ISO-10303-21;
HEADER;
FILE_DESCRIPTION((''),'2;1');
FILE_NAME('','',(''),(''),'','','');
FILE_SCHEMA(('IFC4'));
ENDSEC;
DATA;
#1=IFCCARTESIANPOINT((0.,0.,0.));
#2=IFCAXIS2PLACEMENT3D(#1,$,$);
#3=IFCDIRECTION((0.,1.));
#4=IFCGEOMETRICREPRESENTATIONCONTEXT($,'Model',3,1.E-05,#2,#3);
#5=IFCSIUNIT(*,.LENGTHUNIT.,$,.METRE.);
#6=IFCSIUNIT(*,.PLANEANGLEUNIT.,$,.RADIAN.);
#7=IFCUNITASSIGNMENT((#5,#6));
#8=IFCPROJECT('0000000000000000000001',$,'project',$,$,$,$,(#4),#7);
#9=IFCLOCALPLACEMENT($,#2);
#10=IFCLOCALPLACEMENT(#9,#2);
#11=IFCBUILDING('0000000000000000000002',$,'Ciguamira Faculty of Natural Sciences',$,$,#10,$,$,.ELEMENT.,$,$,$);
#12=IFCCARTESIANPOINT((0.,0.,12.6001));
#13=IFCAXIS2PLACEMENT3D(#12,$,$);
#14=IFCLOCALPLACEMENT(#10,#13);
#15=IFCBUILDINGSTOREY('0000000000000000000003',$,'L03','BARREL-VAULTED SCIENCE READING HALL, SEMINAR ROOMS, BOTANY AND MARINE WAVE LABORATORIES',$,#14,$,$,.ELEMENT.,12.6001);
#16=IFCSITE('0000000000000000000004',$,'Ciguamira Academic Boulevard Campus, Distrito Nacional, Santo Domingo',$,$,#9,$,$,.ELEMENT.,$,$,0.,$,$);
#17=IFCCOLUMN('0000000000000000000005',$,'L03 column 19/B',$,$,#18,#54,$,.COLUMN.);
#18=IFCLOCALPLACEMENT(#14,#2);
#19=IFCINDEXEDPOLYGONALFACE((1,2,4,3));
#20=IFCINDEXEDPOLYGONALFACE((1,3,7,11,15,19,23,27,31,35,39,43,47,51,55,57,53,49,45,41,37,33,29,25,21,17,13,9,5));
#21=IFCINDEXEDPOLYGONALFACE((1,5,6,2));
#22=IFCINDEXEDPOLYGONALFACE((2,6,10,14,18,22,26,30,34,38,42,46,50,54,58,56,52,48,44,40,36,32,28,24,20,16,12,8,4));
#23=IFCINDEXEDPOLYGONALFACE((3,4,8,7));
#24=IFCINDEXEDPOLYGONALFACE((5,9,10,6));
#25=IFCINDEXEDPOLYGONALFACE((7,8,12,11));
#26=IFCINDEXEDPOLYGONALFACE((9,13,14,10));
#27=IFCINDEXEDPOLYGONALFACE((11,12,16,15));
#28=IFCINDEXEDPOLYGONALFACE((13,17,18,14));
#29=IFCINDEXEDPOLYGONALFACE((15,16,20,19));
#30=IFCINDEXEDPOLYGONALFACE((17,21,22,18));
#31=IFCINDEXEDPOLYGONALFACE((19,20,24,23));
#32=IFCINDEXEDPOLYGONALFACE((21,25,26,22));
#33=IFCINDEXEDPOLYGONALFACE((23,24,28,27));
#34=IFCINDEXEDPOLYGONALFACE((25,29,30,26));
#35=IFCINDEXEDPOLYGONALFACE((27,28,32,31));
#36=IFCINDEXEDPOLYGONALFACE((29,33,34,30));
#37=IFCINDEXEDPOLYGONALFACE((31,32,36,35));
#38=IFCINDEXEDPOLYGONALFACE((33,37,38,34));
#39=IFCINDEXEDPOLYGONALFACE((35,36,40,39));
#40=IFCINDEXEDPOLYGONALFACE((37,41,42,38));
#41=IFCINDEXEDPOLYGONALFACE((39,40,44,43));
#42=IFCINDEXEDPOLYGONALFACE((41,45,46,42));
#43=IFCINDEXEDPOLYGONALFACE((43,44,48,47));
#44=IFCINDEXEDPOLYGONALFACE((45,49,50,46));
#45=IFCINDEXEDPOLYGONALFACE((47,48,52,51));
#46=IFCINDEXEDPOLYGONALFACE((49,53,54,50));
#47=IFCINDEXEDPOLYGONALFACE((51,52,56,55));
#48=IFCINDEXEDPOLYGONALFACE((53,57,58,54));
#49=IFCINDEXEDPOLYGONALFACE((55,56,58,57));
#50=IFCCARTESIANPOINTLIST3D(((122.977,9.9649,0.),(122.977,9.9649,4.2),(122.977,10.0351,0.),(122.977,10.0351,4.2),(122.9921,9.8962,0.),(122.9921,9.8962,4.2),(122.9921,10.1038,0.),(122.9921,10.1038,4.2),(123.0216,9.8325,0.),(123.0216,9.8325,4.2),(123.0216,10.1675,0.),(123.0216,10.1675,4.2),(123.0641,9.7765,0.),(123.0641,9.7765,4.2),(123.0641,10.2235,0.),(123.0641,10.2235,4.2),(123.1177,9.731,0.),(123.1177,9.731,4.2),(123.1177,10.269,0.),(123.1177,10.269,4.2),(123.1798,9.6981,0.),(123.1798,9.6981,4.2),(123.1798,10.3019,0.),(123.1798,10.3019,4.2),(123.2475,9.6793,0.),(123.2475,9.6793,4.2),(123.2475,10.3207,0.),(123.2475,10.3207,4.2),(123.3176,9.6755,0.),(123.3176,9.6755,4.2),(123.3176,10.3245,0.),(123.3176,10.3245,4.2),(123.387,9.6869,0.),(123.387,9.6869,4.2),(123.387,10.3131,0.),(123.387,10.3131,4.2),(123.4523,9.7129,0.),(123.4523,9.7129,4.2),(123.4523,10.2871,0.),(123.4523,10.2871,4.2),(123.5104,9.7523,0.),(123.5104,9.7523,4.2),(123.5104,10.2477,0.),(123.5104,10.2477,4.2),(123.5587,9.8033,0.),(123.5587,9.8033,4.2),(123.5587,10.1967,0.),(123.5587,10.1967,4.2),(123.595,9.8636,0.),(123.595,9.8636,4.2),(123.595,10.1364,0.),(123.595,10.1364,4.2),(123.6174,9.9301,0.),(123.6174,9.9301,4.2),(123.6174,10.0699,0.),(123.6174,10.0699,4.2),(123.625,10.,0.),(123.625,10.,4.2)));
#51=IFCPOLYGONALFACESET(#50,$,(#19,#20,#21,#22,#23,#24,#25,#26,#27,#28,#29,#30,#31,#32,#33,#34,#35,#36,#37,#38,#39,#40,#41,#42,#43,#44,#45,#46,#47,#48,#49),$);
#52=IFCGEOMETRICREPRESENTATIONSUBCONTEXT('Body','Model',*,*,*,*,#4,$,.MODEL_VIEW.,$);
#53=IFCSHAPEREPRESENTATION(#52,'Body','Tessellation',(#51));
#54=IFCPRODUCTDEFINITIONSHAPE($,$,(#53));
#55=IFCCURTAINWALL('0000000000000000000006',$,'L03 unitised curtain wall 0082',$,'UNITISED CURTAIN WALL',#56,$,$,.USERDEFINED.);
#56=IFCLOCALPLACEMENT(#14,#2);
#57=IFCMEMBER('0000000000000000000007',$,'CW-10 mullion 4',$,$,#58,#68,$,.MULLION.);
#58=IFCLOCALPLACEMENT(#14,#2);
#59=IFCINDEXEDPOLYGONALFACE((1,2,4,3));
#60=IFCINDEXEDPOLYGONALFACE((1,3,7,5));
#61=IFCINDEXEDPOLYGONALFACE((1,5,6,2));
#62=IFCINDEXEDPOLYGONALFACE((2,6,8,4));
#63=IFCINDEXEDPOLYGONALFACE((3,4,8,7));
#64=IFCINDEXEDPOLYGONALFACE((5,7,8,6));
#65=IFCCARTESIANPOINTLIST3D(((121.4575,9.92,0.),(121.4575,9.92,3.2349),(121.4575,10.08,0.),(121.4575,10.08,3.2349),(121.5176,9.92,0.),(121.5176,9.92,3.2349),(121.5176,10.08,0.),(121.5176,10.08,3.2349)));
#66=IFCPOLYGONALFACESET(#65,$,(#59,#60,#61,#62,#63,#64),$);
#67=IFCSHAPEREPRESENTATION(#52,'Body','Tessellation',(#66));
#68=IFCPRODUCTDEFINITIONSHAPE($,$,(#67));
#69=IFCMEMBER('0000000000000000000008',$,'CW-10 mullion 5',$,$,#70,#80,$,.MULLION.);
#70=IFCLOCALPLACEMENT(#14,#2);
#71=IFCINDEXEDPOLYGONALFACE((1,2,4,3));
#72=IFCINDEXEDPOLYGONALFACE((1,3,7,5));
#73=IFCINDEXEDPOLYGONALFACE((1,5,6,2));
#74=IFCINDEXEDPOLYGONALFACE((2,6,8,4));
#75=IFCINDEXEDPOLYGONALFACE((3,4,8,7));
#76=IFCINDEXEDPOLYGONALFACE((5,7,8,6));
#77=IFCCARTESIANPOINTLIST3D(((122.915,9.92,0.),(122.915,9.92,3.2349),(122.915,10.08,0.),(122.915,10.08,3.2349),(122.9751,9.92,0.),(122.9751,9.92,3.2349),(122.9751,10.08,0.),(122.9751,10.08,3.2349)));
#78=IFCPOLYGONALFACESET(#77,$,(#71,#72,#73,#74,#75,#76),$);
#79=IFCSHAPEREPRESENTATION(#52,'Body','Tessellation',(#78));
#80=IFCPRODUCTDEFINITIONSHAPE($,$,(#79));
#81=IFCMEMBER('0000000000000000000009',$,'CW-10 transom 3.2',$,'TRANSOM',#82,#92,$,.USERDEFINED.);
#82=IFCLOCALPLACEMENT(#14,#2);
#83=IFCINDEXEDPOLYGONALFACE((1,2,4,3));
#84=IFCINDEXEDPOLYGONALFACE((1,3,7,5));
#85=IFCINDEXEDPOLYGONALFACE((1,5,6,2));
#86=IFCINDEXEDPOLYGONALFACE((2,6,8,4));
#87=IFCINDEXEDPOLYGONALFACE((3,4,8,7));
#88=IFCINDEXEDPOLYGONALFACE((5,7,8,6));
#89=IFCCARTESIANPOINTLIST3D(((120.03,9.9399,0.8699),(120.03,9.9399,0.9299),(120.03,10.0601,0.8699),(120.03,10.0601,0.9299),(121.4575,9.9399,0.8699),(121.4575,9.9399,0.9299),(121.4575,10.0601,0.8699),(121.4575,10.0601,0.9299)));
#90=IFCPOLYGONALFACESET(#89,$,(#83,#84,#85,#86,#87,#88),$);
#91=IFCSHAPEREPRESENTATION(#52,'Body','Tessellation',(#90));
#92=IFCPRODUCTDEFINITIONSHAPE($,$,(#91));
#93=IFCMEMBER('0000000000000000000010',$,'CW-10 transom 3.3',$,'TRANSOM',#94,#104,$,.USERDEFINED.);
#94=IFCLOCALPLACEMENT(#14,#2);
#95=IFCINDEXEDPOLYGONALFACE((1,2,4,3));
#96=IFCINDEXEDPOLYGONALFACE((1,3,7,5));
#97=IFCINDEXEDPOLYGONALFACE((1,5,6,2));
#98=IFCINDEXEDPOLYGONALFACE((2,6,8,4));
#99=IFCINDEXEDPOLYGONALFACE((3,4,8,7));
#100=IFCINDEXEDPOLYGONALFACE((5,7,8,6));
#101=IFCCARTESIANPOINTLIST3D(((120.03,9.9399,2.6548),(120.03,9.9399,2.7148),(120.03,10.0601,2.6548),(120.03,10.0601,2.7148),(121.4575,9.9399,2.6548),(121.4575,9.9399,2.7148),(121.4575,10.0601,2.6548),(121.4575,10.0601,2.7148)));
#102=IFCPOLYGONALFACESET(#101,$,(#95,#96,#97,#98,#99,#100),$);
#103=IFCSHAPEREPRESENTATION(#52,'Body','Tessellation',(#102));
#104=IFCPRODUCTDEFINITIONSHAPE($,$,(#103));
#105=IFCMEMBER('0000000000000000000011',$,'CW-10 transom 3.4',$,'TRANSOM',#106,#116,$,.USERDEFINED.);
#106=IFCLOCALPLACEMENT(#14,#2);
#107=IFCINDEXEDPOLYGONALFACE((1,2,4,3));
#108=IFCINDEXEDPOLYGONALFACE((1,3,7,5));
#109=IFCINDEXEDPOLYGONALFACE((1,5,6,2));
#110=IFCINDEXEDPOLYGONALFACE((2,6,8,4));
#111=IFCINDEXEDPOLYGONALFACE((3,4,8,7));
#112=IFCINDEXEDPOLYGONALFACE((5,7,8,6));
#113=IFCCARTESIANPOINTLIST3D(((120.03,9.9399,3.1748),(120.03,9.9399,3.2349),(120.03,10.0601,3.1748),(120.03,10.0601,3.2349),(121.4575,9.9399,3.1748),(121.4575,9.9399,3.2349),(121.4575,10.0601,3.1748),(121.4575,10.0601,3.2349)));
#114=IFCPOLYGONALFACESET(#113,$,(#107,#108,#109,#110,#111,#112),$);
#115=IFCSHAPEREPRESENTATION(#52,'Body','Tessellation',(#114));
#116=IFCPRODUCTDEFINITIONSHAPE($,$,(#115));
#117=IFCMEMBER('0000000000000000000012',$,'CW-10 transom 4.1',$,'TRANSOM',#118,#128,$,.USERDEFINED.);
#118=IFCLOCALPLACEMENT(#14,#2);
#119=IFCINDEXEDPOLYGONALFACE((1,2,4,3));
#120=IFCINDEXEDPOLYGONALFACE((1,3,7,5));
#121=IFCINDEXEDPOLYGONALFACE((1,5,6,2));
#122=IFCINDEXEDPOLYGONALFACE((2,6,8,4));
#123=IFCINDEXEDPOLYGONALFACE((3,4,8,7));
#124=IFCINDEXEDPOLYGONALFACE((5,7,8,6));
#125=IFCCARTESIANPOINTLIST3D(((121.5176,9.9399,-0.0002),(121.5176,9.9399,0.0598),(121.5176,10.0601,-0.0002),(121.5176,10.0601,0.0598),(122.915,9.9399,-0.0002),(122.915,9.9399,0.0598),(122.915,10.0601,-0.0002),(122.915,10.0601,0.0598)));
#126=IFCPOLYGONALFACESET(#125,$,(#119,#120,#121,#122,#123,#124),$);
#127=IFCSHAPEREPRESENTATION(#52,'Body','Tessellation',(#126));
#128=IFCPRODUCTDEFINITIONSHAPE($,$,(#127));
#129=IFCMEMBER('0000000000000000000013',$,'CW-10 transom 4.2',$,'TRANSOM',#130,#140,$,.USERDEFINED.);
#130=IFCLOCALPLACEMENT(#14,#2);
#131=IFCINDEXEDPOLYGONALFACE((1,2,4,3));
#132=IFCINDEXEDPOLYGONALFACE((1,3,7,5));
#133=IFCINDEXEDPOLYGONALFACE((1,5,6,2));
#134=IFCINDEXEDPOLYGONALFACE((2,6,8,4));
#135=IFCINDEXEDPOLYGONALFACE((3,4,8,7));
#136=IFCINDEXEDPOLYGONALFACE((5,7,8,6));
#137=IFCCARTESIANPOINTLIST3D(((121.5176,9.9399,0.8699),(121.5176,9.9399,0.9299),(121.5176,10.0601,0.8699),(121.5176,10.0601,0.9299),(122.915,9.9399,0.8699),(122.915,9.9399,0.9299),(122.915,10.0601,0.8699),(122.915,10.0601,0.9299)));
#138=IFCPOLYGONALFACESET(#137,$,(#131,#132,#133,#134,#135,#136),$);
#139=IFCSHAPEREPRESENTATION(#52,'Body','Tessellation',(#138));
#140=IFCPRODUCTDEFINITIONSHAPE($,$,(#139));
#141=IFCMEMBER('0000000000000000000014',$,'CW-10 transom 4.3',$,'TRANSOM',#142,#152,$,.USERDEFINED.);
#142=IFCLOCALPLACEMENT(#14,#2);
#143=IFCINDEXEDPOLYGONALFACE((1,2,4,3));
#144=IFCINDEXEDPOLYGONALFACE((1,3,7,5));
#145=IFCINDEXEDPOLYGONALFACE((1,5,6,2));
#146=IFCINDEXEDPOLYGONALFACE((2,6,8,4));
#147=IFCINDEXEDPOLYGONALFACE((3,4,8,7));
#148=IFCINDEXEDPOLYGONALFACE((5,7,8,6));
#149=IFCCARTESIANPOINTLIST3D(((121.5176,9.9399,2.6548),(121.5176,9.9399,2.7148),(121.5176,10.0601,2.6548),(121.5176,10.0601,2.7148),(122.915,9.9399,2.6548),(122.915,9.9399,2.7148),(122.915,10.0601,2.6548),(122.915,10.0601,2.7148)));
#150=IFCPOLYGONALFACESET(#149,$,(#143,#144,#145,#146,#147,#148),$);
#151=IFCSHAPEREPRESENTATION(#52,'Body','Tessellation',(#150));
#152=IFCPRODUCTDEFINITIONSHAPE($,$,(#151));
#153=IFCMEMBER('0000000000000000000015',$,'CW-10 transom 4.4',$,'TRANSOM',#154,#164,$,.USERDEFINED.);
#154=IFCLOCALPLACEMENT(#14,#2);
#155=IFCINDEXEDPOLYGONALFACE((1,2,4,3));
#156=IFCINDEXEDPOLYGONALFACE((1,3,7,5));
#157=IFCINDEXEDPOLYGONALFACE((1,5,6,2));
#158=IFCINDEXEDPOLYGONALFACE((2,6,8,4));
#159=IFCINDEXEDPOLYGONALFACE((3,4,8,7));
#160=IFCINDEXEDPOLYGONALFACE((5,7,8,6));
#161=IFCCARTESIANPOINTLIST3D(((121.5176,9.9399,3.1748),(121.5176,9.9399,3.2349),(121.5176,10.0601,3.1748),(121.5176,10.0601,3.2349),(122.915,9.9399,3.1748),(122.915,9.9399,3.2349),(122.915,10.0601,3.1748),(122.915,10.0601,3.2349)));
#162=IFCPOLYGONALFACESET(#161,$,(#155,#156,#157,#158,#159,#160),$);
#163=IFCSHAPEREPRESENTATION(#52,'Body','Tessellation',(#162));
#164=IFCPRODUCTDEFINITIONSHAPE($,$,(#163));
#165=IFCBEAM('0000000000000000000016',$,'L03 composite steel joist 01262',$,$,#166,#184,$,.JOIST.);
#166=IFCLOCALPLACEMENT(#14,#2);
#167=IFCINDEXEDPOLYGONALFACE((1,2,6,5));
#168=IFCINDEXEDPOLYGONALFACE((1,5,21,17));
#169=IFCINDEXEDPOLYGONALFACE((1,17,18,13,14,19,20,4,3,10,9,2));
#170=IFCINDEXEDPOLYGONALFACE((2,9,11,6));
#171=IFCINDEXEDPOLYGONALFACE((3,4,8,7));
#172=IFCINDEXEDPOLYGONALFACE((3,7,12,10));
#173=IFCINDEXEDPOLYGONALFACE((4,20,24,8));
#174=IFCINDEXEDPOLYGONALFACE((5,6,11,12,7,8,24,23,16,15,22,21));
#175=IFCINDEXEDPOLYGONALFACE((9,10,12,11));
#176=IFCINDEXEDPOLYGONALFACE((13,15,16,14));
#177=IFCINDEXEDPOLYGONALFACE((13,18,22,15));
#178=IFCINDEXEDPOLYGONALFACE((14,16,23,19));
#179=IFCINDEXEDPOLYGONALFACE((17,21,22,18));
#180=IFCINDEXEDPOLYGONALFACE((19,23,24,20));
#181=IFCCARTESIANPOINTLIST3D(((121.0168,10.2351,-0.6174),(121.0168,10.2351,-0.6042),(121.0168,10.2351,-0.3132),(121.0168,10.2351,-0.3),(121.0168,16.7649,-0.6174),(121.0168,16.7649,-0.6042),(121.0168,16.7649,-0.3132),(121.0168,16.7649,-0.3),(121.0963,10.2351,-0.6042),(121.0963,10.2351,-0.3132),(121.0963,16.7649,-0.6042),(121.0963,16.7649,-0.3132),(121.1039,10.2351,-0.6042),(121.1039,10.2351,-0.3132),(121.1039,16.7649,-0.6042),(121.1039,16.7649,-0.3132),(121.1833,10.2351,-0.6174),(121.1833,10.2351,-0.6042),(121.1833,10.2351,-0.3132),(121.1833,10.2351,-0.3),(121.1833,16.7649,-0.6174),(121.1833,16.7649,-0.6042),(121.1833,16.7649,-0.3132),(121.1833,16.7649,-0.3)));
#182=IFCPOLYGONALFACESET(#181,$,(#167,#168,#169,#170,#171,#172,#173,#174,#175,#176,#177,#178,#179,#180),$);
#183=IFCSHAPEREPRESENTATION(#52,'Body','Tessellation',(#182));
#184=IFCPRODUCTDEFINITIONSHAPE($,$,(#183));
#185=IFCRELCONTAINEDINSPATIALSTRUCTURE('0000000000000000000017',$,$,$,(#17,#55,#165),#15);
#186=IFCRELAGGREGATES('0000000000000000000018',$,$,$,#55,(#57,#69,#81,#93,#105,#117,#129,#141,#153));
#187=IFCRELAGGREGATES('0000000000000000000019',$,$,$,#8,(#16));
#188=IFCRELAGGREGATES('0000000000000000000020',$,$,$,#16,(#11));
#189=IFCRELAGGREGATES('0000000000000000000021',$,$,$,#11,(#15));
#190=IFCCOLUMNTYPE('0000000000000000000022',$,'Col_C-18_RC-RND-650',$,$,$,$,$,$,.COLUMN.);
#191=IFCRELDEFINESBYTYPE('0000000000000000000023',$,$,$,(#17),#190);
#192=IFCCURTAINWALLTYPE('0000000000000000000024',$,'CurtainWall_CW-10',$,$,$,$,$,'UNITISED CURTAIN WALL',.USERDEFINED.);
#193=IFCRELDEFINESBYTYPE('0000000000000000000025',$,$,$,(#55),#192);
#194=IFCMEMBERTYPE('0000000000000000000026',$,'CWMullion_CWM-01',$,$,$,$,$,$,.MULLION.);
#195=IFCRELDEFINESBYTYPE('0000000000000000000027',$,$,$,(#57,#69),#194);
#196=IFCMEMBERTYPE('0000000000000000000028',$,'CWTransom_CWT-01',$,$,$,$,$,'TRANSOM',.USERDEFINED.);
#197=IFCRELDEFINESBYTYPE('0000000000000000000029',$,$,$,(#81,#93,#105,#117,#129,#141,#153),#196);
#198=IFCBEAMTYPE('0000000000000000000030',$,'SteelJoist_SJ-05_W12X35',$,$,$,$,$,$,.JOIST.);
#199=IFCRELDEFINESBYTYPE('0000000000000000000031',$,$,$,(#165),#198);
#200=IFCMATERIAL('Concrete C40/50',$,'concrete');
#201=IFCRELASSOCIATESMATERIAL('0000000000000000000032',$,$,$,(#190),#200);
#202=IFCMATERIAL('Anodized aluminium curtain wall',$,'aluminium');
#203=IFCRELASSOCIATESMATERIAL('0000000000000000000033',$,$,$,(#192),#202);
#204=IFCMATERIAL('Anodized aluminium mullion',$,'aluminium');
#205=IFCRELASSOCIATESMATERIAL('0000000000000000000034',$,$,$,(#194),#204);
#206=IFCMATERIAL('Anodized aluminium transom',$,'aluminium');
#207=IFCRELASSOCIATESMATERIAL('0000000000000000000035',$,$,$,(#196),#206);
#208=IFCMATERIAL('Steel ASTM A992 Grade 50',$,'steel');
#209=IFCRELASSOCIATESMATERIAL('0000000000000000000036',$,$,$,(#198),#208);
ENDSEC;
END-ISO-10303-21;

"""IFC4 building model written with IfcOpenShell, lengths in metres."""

from ifc_helpers import new_model, si_unit, direction, frame, origin, origin_2d, place, context, subcontext, project, spatial, rectangle, circle, i_section, extrude, material, material_profile, profile_set, type_object, element, aggregate, save


model = new_model("IFC4")

# Units and contexts
model_context = context("Model", 3, precision=1e-05, world=origin(), true_north=direction((0.0, 1.0)))
body_context = subcontext(model_context, "Body", "Model", "MODEL_VIEW")
ifc_project = project(units=[si_unit("LENGTHUNIT", "METRE"), si_unit("PLANEANGLEUNIT", "RADIAN")], contexts=[model_context])

# Site, building, storey
site_placement = place(None, origin())
site = spatial("IfcSite", under=ifc_project, at=site_placement, Name="Ciguamira Academic Boulevard Campus, Distrito Nacional, Santo Domingo", CompositionType="ELEMENT", RefElevation=0.0)
building_placement = place(site_placement, origin())
building = spatial("IfcBuilding", under=site, at=building_placement, Name="Ciguamira Faculty of Natural Sciences", CompositionType="ELEMENT")
storey_placement = place(building_placement, frame((0.0, 0.0, 12.6001)))
storey = spatial("IfcBuildingStorey", under=building, at=storey_placement, Name="L03", Description="BARREL-VAULTED SCIENCE READING HALL, SEMINAR ROOMS, BOTANY AND MARINE WAVE LABORATORIES", CompositionType="ELEMENT", Elevation=12.6001)

# Column
ifc_material_1 = material(Name="Concrete C40/50", Category="concrete")
ifc_material_profile_1 = material_profile(ifc_material_1, circle(Radius=0.325, at=origin_2d()), Name="RC-RND-650")
ifc_profile_set_1 = profile_set([ifc_material_profile_1], Name="Concrete C40/50")
column_type = type_object("IfcColumnType", Name="Col_C-18_RC-RND-650", PredefinedType="COLUMN", material=ifc_profile_set_1)
column_placement = place(storey_placement, frame((123.3, 10.0, 0.0), z_axis=(0.0, 0.0, 1.0), x_axis=(1.0, 0.0, 0.0)))
element("IfcColumn", 1, at=column_placement, inside=storey, type_object=column_type, Name="L03 column 19/B", PredefinedType="COLUMN", context=body_context, shape_type="SweptSolid", body=[
    extrude(circle(Radius=0.325, at=origin_2d()), origin(), (0.0, 0.0, 1.0), 4.2),
])

# Curtain wall, members
ifc_material_2 = material(Name="Anodized aluminium curtain wall", Category="aluminium")
curtain_wall_type = type_object("IfcCurtainWallType", Name="CurtainWall_CW-10", ElementType="UNITISED CURTAIN WALL", PredefinedType="USERDEFINED", material=ifc_material_2)
curtain_wall_placement = place(storey_placement, origin())
curtain_wall = element("IfcCurtainWall", 2, at=curtain_wall_placement, inside=storey, type_object=curtain_wall_type, Name="L03 unitised curtain wall 0082", ObjectType="UNITISED CURTAIN WALL", PredefinedType="USERDEFINED")
ifc_material_3 = material(Name="Anodized aluminium mullion", Category="aluminium")
ifc_material_profile_2 = material_profile(ifc_material_3, rectangle(XDim=0.0601, YDim=0.1599, at=origin_2d()), Name="ALU-MUL-60X160")
ifc_profile_set_2 = profile_set([ifc_material_profile_2], Name="Anodized aluminium mullion")
member_type_1 = type_object("IfcMemberType", Name="CWMullion_CWM-01", PredefinedType="MULLION", material=ifc_profile_set_2)
member_1_placement = place(storey_placement, frame((121.4875, 10.0, 0.0), z_axis=(0.0, 0.0, 1.0), x_axis=(1.0, 0.0, 0.0)))
member_1 = element("IfcMember", 3, at=member_1_placement, type_object=member_type_1, Name="CW-10 mullion 4", PredefinedType="MULLION", context=body_context, shape_type="SweptSolid", body=[
    extrude(rectangle(XDim=0.0601, YDim=0.1599, at=origin_2d()), origin(), (0.0, 0.0, 1.0), 3.2349),
])
member_2_placement = place(storey_placement, frame((122.9451, 10.0, 0.0), z_axis=(0.0, 0.0, 1.0), x_axis=(1.0, 0.0, 0.0)))
member_2 = element("IfcMember", 4, at=member_2_placement, type_object=member_type_1, Name="CW-10 mullion 5", PredefinedType="MULLION", context=body_context, shape_type="SweptSolid", body=[
    extrude(rectangle(XDim=0.0601, YDim=0.1599, at=origin_2d()), origin(), (0.0, 0.0, 1.0), 3.2349),
])
ifc_material_4 = material(Name="Anodized aluminium transom", Category="aluminium")
ifc_material_profile_3 = material_profile(ifc_material_4, rectangle(XDim=0.0601, YDim=0.1201, at=origin_2d()), Name="ALU-TRN-60X120")
ifc_profile_set_3 = profile_set([ifc_material_profile_3], Name="Anodized aluminium transom")
member_type_2 = type_object("IfcMemberType", Name="CWTransom_CWT-01", ElementType="TRANSOM", PredefinedType="USERDEFINED", material=ifc_profile_set_3)
member_3_placement = place(storey_placement, frame((120.03, 10.0, 0.8999), z_axis=(1.0, 0.0, 0.0), x_axis=(0.0, 0.0, 1.0)))
member_3 = element("IfcMember", 5, at=member_3_placement, type_object=member_type_2, Name="CW-10 transom 3.2", ObjectType="TRANSOM", PredefinedType="USERDEFINED", context=body_context, shape_type="SweptSolid", body=[
    extrude(rectangle(XDim=0.0601, YDim=0.1201, at=origin_2d()), origin(), (0.0, 0.0, 1.0), 1.4275),
])
member_4_placement = place(storey_placement, frame((120.03, 10.0, 2.6848), z_axis=(1.0, 0.0, 0.0), x_axis=(0.0, 0.0, 1.0)))
member_4 = element("IfcMember", 6, at=member_4_placement, type_object=member_type_2, Name="CW-10 transom 3.3", ObjectType="TRANSOM", PredefinedType="USERDEFINED", context=body_context, shape_type="SweptSolid", body=[
    extrude(rectangle(XDim=0.0601, YDim=0.1201, at=origin_2d()), origin(), (0.0, 0.0, 1.0), 1.4275),
])
member_5_placement = place(storey_placement, frame((120.03, 10.0, 3.2048), z_axis=(1.0, 0.0, 0.0), x_axis=(0.0, 0.0, 1.0)))
member_5 = element("IfcMember", 7, at=member_5_placement, type_object=member_type_2, Name="CW-10 transom 3.4", ObjectType="TRANSOM", PredefinedType="USERDEFINED", context=body_context, shape_type="SweptSolid", body=[
    extrude(rectangle(XDim=0.0601, YDim=0.1201, at=origin_2d()), origin(), (0.0, 0.0, 1.0), 1.4275),
])
member_6_placement = place(storey_placement, frame((121.5176, 10.0, 0.0298), z_axis=(1.0, 0.0, 0.0), x_axis=(0.0, 0.0, 1.0)))
member_6 = element("IfcMember", 8, at=member_6_placement, type_object=member_type_2, Name="CW-10 transom 4.1", ObjectType="TRANSOM", PredefinedType="USERDEFINED", context=body_context, shape_type="SweptSolid", body=[
    extrude(rectangle(XDim=0.0601, YDim=0.1201, at=origin_2d()), origin(), (0.0, 0.0, 1.0), 1.3975),
])
member_7_placement = place(storey_placement, frame((121.5176, 10.0, 0.8999), z_axis=(1.0, 0.0, 0.0), x_axis=(0.0, 0.0, 1.0)))
member_7 = element("IfcMember", 9, at=member_7_placement, type_object=member_type_2, Name="CW-10 transom 4.2", ObjectType="TRANSOM", PredefinedType="USERDEFINED", context=body_context, shape_type="SweptSolid", body=[
    extrude(rectangle(XDim=0.0601, YDim=0.1201, at=origin_2d()), origin(), (0.0, 0.0, 1.0), 1.3975),
])
member_8_placement = place(storey_placement, frame((121.5176, 10.0, 2.6848), z_axis=(1.0, 0.0, 0.0), x_axis=(0.0, 0.0, 1.0)))
member_8 = element("IfcMember", 10, at=member_8_placement, type_object=member_type_2, Name="CW-10 transom 4.3", ObjectType="TRANSOM", PredefinedType="USERDEFINED", context=body_context, shape_type="SweptSolid", body=[
    extrude(rectangle(XDim=0.0601, YDim=0.1201, at=origin_2d()), origin(), (0.0, 0.0, 1.0), 1.3975),
])
member_9_placement = place(storey_placement, frame((121.5176, 10.0, 3.2048), z_axis=(1.0, 0.0, 0.0), x_axis=(0.0, 0.0, 1.0)))
member_9 = element("IfcMember", 11, at=member_9_placement, type_object=member_type_2, Name="CW-10 transom 4.4", ObjectType="TRANSOM", PredefinedType="USERDEFINED", context=body_context, shape_type="SweptSolid", body=[
    extrude(rectangle(XDim=0.0601, YDim=0.1201, at=origin_2d()), origin(), (0.0, 0.0, 1.0), 1.3975),
])

# Beam
ifc_material_5 = material(Name="Steel ASTM A992 Grade 50", Category="steel")
ifc_material_profile_4 = material_profile(ifc_material_5, i_section(OverallWidth=0.1665, OverallDepth=0.3174, WebThickness=0.0076, FlangeThickness=0.0132, at=origin_2d()), Name="W12X35")
ifc_profile_set_4 = profile_set([ifc_material_profile_4], Name="Steel ASTM A992 Grade 50")
beam_type = type_object("IfcBeamType", Name="SteelJoist_SJ-05_W12X35", PredefinedType="JOIST", material=ifc_profile_set_4)
beam_placement = place(storey_placement, frame((121.1001, 10.2351, -0.4587), z_axis=(0.0, 1.0, 0.0), x_axis=(-1.0, 0.0, 0.0)))
element("IfcBeam", 12, at=beam_placement, inside=storey, type_object=beam_type, Name="L03 composite steel joist 01262", PredefinedType="JOIST", context=body_context, shape_type="SweptSolid", body=[
    extrude(i_section(OverallWidth=0.1665, OverallDepth=0.3174, WebThickness=0.0076, FlangeThickness=0.0132, at=origin_2d()), origin(), (0.0, 0.0, 1.0), 6.5298),
])

aggregate(curtain_wall, [member_1, member_2, member_3, member_4, member_5, member_6, member_7, member_8, member_9])

save(model, "model.ifc")
